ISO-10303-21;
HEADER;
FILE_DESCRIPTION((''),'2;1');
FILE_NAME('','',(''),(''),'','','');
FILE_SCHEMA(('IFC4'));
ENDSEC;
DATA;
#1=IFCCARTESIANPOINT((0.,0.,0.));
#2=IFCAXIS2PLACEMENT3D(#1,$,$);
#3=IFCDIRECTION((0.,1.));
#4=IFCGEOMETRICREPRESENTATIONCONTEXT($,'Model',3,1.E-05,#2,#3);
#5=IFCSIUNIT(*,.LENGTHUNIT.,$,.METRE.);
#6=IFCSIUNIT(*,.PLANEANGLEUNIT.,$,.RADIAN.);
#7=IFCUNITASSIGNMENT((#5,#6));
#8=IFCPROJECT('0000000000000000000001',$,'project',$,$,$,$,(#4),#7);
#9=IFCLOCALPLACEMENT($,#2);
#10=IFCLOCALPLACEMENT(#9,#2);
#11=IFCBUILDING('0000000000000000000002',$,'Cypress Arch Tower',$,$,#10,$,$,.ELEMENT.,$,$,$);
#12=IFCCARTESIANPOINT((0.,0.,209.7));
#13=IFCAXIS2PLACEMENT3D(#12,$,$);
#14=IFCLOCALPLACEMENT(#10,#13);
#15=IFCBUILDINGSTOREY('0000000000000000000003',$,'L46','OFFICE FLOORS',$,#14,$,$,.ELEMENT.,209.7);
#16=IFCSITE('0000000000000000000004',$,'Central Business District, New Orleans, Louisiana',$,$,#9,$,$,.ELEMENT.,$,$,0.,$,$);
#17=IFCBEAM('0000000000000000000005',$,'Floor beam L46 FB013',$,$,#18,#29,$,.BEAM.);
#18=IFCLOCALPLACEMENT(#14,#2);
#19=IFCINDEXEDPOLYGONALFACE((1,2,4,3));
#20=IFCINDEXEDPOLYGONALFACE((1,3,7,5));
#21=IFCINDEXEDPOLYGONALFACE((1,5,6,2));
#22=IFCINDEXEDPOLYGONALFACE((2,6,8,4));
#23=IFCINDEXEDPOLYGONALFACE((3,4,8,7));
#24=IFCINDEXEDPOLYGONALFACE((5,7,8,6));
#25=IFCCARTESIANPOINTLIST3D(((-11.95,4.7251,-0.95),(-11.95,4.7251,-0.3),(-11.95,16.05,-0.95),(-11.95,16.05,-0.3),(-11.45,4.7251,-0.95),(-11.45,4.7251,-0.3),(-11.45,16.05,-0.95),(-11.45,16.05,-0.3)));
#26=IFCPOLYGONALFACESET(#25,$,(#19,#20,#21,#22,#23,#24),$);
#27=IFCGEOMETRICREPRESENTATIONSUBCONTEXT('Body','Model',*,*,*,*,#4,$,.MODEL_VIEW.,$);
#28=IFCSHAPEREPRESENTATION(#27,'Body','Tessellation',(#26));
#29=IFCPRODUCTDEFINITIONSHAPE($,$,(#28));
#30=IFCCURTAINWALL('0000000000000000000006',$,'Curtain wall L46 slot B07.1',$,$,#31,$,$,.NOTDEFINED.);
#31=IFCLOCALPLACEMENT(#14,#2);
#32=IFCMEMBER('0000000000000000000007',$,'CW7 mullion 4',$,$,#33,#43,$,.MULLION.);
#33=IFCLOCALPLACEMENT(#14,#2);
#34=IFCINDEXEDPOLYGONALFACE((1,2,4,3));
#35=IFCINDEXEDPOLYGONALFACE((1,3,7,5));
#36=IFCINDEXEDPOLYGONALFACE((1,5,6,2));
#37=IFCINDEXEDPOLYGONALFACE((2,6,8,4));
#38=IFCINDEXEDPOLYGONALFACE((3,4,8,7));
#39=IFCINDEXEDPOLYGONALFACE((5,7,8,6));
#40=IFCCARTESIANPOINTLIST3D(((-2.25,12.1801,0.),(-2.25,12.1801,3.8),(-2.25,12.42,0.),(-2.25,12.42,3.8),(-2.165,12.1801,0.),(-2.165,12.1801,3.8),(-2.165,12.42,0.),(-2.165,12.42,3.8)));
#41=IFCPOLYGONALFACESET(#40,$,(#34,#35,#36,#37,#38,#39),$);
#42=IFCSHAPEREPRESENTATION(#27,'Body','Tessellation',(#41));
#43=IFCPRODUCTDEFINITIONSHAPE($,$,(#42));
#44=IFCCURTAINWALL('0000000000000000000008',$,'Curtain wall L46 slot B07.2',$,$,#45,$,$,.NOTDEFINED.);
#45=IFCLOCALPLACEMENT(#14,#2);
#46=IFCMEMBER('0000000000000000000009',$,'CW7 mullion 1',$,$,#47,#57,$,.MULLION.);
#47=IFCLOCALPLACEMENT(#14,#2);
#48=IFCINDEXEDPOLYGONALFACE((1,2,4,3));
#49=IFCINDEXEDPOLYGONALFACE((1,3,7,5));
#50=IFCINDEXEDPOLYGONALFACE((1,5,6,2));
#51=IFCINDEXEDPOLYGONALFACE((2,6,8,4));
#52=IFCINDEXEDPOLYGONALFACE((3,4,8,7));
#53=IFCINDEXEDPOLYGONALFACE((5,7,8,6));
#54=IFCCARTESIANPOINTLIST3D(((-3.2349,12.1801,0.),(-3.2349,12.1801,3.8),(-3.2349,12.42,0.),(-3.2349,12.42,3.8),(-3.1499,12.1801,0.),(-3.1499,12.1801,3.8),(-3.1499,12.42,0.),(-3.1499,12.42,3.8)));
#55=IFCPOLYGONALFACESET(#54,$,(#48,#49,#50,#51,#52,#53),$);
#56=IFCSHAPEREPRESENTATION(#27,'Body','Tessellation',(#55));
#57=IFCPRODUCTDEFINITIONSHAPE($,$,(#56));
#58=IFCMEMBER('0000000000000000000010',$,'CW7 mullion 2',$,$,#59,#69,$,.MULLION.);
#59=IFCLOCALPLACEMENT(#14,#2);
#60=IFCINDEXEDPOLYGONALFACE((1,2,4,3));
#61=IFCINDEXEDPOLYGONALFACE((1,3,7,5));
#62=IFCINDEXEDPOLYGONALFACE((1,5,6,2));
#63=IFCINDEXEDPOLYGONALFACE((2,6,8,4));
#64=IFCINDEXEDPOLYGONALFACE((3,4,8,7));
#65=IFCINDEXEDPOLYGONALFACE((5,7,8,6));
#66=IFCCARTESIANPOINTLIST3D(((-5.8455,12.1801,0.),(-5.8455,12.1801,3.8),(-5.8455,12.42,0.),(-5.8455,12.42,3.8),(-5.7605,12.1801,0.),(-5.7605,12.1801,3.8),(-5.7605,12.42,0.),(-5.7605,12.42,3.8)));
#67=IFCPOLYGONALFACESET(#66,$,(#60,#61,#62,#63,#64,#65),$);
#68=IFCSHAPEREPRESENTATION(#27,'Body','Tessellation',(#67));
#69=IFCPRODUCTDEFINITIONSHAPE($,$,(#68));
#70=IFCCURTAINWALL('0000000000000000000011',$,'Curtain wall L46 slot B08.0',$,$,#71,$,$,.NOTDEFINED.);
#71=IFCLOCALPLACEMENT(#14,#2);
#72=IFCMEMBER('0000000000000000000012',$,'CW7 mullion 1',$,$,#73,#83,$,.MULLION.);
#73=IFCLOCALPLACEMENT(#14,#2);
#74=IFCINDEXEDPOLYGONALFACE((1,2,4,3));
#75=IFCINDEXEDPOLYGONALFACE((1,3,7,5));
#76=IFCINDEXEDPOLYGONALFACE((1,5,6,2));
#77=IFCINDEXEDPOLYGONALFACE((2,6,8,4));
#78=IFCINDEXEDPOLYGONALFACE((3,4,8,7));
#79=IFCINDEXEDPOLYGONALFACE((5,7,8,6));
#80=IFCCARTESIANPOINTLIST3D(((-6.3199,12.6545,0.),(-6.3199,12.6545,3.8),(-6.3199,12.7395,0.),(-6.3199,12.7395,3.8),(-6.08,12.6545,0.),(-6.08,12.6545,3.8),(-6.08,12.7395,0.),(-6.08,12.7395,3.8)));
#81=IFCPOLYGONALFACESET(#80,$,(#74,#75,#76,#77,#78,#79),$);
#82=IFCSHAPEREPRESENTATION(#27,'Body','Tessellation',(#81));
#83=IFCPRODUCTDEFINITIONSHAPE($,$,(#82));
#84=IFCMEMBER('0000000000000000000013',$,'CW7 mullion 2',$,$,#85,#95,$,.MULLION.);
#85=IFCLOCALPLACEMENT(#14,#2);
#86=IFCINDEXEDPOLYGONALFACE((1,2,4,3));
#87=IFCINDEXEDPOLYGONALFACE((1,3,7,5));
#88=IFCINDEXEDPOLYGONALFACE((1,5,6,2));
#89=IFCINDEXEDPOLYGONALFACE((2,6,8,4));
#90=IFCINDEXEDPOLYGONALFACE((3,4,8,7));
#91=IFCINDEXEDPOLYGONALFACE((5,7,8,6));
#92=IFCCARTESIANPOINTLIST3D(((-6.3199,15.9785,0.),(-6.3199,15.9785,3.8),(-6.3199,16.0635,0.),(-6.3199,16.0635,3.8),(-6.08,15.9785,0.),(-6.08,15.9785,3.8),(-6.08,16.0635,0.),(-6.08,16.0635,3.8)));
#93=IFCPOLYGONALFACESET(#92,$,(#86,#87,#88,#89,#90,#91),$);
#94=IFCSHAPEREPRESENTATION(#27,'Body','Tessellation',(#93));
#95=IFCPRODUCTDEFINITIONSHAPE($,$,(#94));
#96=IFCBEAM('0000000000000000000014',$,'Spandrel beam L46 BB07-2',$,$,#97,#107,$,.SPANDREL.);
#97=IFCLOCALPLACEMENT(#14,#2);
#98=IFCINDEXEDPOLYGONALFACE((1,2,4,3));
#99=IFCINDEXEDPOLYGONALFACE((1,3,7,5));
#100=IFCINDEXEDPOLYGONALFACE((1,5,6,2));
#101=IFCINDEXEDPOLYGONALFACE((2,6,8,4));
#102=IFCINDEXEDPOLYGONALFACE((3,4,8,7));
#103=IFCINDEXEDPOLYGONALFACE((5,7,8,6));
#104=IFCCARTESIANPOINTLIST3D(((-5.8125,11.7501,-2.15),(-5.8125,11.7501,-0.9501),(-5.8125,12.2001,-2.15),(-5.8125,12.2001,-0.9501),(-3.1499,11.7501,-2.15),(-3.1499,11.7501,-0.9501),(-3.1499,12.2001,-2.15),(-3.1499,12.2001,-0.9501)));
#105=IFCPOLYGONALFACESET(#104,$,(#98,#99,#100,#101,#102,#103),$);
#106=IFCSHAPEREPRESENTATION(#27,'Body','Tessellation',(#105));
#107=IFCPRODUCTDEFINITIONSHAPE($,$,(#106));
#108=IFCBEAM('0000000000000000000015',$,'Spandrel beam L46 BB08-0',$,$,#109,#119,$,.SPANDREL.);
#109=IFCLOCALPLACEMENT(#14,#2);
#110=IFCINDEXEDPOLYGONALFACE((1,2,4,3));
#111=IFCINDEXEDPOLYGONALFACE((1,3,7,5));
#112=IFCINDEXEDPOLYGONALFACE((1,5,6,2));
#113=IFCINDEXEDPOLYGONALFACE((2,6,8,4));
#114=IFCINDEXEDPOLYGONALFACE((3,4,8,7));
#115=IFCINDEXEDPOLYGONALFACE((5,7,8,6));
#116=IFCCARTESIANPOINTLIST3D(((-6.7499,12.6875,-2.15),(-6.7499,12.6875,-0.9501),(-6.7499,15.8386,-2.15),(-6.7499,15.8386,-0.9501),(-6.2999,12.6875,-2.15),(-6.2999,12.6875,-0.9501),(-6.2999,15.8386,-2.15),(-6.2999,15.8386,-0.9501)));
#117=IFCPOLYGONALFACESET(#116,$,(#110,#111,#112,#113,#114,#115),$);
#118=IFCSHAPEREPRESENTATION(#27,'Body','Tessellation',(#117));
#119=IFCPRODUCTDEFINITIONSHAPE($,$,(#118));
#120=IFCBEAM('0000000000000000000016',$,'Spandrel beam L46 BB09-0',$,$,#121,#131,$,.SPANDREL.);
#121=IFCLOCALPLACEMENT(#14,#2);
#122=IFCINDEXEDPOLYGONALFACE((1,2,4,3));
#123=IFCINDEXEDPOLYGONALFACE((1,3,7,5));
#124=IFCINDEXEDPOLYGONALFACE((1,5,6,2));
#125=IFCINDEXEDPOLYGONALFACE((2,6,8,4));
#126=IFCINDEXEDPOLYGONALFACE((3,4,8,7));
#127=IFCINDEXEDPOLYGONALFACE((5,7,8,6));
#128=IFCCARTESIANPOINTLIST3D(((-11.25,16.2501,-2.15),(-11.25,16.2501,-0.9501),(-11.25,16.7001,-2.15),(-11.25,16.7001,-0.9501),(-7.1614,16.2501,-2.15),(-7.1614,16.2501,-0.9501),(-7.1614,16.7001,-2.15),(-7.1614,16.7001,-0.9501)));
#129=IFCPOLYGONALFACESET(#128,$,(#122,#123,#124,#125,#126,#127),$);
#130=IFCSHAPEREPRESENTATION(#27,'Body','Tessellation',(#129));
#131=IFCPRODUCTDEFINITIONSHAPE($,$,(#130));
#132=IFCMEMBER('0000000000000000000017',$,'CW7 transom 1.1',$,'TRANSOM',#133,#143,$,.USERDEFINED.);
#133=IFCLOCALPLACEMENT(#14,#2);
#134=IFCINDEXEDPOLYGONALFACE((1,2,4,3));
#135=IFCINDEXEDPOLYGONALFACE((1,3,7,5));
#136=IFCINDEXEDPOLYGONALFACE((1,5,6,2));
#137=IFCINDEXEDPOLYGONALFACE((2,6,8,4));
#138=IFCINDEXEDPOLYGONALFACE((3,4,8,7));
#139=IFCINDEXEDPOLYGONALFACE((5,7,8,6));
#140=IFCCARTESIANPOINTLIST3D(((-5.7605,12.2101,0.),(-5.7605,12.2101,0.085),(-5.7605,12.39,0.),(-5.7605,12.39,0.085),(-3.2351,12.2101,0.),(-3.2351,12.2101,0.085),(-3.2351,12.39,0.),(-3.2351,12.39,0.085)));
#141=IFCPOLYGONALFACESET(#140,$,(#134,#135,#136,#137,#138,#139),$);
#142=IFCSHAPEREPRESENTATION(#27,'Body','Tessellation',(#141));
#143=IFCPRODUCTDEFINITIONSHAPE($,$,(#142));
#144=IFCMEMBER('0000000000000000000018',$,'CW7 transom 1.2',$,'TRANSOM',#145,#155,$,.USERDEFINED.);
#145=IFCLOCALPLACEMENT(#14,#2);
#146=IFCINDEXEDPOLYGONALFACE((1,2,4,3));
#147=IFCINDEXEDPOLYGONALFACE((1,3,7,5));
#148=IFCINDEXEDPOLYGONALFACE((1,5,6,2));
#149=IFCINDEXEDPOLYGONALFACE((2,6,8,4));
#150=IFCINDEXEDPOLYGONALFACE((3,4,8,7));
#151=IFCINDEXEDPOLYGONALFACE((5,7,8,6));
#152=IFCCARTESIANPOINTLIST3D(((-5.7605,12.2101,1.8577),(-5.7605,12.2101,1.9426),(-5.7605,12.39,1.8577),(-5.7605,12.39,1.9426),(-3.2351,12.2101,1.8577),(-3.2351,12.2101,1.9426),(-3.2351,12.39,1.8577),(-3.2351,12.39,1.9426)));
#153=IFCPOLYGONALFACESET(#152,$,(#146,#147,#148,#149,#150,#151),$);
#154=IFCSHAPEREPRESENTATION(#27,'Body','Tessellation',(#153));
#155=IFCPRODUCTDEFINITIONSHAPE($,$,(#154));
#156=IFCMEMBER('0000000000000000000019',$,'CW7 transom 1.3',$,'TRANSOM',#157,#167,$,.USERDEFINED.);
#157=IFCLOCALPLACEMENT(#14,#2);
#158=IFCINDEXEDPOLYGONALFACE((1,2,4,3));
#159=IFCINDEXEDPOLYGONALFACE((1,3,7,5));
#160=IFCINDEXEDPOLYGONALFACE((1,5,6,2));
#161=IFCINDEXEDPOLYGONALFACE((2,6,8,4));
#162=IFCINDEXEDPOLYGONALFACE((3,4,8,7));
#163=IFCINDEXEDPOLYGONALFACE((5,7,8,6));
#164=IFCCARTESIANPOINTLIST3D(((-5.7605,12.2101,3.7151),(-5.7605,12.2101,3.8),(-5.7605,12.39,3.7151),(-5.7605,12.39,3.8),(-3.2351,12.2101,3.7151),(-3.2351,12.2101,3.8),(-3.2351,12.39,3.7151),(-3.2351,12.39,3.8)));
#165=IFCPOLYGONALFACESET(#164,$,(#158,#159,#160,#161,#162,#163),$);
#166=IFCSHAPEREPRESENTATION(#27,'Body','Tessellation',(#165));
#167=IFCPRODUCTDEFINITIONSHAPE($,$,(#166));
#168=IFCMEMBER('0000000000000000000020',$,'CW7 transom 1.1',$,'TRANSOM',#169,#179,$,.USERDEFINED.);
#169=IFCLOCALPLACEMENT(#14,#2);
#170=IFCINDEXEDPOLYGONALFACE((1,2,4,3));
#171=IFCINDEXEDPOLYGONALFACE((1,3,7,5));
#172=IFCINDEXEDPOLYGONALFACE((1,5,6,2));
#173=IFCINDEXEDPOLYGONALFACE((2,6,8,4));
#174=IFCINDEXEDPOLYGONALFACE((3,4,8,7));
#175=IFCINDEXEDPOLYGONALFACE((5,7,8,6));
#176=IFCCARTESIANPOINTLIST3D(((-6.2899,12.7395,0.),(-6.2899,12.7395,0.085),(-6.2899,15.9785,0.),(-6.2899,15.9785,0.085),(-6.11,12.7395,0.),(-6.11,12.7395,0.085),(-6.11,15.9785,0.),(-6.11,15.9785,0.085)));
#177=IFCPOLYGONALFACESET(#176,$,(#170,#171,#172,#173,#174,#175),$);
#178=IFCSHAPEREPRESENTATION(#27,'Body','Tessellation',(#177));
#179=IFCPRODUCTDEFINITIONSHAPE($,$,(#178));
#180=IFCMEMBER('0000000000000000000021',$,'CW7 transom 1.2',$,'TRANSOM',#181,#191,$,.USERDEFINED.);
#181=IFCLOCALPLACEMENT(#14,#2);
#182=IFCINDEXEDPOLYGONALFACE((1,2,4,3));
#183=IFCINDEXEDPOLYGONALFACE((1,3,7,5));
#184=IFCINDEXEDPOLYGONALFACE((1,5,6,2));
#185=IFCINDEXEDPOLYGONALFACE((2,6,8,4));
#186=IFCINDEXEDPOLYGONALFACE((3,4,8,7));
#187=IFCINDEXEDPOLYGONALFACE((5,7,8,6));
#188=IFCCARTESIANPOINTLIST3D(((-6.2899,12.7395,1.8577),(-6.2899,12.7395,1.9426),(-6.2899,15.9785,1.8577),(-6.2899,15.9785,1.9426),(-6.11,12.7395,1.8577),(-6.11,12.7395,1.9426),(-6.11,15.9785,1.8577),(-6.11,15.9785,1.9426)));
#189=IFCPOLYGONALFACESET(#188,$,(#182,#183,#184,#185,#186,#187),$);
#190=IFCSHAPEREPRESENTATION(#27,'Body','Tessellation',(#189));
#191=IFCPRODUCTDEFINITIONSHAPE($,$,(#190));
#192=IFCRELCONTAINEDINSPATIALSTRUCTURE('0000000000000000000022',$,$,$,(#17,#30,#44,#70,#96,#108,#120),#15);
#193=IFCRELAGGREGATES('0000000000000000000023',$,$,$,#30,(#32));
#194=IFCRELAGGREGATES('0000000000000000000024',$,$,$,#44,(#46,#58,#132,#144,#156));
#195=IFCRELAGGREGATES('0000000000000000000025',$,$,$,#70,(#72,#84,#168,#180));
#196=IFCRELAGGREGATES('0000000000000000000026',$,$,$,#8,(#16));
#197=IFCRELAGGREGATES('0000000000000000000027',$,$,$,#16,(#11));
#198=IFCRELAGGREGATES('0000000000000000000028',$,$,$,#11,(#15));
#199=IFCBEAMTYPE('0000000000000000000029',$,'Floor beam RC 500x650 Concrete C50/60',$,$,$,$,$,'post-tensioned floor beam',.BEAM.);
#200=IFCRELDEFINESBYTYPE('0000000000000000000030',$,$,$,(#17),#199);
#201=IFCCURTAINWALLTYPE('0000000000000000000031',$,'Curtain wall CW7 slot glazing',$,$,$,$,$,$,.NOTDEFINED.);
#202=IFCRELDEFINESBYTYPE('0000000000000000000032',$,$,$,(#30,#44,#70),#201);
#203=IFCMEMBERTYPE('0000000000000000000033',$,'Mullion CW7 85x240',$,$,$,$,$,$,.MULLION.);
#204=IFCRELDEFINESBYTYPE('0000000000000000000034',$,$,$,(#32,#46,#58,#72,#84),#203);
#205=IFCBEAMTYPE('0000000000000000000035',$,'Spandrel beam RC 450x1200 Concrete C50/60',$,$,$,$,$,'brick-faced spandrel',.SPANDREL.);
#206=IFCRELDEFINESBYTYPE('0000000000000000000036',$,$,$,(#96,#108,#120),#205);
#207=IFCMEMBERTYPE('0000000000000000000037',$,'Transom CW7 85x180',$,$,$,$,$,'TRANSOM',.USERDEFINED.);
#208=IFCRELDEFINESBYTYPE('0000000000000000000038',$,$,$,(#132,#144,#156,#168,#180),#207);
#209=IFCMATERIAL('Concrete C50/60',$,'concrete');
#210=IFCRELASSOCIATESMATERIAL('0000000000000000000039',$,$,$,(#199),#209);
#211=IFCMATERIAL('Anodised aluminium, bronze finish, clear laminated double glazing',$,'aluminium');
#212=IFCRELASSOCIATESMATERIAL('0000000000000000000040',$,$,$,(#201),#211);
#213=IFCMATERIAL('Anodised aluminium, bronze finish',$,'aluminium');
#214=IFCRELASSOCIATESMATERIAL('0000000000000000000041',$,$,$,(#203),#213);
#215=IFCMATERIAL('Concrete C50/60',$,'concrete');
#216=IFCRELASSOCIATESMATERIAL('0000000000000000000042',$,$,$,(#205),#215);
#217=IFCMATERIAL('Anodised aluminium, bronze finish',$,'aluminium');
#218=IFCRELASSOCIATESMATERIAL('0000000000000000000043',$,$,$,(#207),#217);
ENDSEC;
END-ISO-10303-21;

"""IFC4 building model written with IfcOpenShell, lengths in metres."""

from ifc_helpers import new_model, si_unit, direction, frame, origin, origin_2d, place, context, subcontext, project, spatial, rectangle, extrude, material, material_profile, profile_set, type_object, element, aggregate, save


model = new_model("IFC4")

# Units and contexts
model_context = context("Model", 3, precision=1e-05, world=origin(), true_north=direction((0.0, 1.0)))
body_context = subcontext(model_context, "Body", "Model", "MODEL_VIEW")
ifc_project = project(units=[si_unit("LENGTHUNIT", "METRE"), si_unit("PLANEANGLEUNIT", "RADIAN")], contexts=[model_context])

# Site, building, storey
site_placement = place(None, origin())
site = spatial("IfcSite", under=ifc_project, at=site_placement, Name="Central Business District, New Orleans, Louisiana", CompositionType="ELEMENT", RefElevation=0.0)
building_placement = place(site_placement, origin())
building = spatial("IfcBuilding", under=site, at=building_placement, Name="Cypress Arch Tower", CompositionType="ELEMENT")
storey_placement = place(building_placement, frame((0.0, 0.0, 209.7)))
storey = spatial("IfcBuildingStorey", under=building, at=storey_placement, Name="L46", Description="OFFICE FLOORS", CompositionType="ELEMENT", Elevation=209.7)

# Beam
ifc_material_1 = material(Name="Concrete C50/60", Category="concrete")
ifc_material_profile_1 = material_profile(ifc_material_1, rectangle(XDim=0.5, YDim=0.6499, at=origin_2d()), Name="RC 500x650")
ifc_profile_set_1 = profile_set([ifc_material_profile_1], Name="Concrete C50/60")
beam_type_1 = type_object("IfcBeamType", Name="Floor beam RC 500x650 Concrete C50/60", ElementType="post-tensioned floor beam", PredefinedType="BEAM", material=ifc_profile_set_1)
beam_1_placement = place(storey_placement, frame((-11.7, 4.7251, -0.625), z_axis=(0.0, 1.0, 0.0), x_axis=(-1.0, 0.0, 0.0)))
element("IfcBeam", 1, at=beam_1_placement, inside=storey, type_object=beam_type_1, Name="Floor beam L46 FB013", PredefinedType="BEAM", context=body_context, shape_type="SweptSolid", body=[
    extrude(rectangle(XDim=0.5, YDim=0.6499, at=origin_2d()), origin(), (0.0, 0.0, 1.0), 11.325),
])

# Curtain wall, member
ifc_material_2 = material(Name="Anodised aluminium, bronze finish, clear laminated double glazing", Category="aluminium")
curtain_wall_type = type_object("IfcCurtainWallType", Name="Curtain wall CW7 slot glazing", PredefinedType="NOTDEFINED", material=ifc_material_2)
curtain_wall_1_placement = place(storey_placement, origin())
curtain_wall_1 = element("IfcCurtainWall", 2, at=curtain_wall_1_placement, inside=storey, type_object=curtain_wall_type, Name="Curtain wall L46 slot B07.1", PredefinedType="NOTDEFINED")
ifc_material_3 = material(Name="Anodised aluminium, bronze finish", Category="aluminium")
ifc_material_profile_2 = material_profile(ifc_material_3, rectangle(XDim=0.24, YDim=0.085, at=origin_2d()), Name="Mullion 85x240")
ifc_profile_set_2 = profile_set([ifc_material_profile_2], Name="Anodised aluminium, bronze finish")
member_type_1 = type_object("IfcMemberType", Name="Mullion CW7 85x240", PredefinedType="MULLION", material=ifc_profile_set_2)
member_1_placement = place(storey_placement, frame((-2.2075, 12.3, 0.0), z_axis=(0.0, 0.0, 1.0), x_axis=(0.0, -1.0, 0.0)))
member_1 = element("IfcMember", 3, at=member_1_placement, type_object=member_type_1, Name="CW7 mullion 4", PredefinedType="MULLION", context=body_context, shape_type="SweptSolid", body=[
    extrude(rectangle(XDim=0.24, YDim=0.085, at=origin_2d()), origin(), (0.0, 0.0, 1.0), 3.8),
])

# Curtain walls, members
curtain_wall_2_placement = place(storey_placement, origin())
curtain_wall_2 = element("IfcCurtainWall", 4, at=curtain_wall_2_placement, inside=storey, type_object=curtain_wall_type, Name="Curtain wall L46 slot B07.2", PredefinedType="NOTDEFINED")
member_2_placement = place(storey_placement, frame((-3.1924, 12.3, 0.0), z_axis=(0.0, 0.0, 1.0), x_axis=(0.0, -1.0, 0.0)))
member_2 = element("IfcMember", 5, at=member_2_placement, type_object=member_type_1, Name="CW7 mullion 1", PredefinedType="MULLION", context=body_context, shape_type="SweptSolid", body=[
    extrude(rectangle(XDim=0.24, YDim=0.085, at=origin_2d()), origin(), (0.0, 0.0, 1.0), 3.8),
])
member_3_placement = place(storey_placement, frame((-5.803, 12.3, 0.0), z_axis=(0.0, 0.0, 1.0), x_axis=(0.0, -1.0, 0.0)))
member_3 = element("IfcMember", 6, at=member_3_placement, type_object=member_type_1, Name="CW7 mullion 2", PredefinedType="MULLION", context=body_context, shape_type="SweptSolid", body=[
    extrude(rectangle(XDim=0.24, YDim=0.085, at=origin_2d()), origin(), (0.0, 0.0, 1.0), 3.8),
])
curtain_wall_3_placement = place(storey_placement, origin())
curtain_wall_3 = element("IfcCurtainWall", 7, at=curtain_wall_3_placement, inside=storey, type_object=curtain_wall_type, Name="Curtain wall L46 slot B08.0", PredefinedType="NOTDEFINED")
member_4_placement = place(storey_placement, frame((-6.2, 12.697, 0.0), z_axis=(0.0, 0.0, 1.0), x_axis=(-1.0, 0.0, 0.0)))
member_4 = element("IfcMember", 8, at=member_4_placement, type_object=member_type_1, Name="CW7 mullion 1", PredefinedType="MULLION", context=body_context, shape_type="SweptSolid", body=[
    extrude(rectangle(XDim=0.24, YDim=0.085, at=origin_2d()), origin(), (0.0, 0.0, 1.0), 3.8),
])
member_5_placement = place(storey_placement, frame((-6.2, 16.021, 0.0), z_axis=(0.0, 0.0, 1.0), x_axis=(-1.0, 0.0, 0.0)))
member_5 = element("IfcMember", 9, at=member_5_placement, type_object=member_type_1, Name="CW7 mullion 2", PredefinedType="MULLION", context=body_context, shape_type="SweptSolid", body=[
    extrude(rectangle(XDim=0.24, YDim=0.085, at=origin_2d()), origin(), (0.0, 0.0, 1.0), 3.8),
])

# Beams
ifc_material_4 = material(Name="Concrete C50/60", Category="concrete")
ifc_material_profile_3 = material_profile(ifc_material_4, rectangle(XDim=0.45, YDim=1.2, at=origin_2d()), Name="RC 450x1200")
ifc_profile_set_3 = profile_set([ifc_material_profile_3], Name="Concrete C50/60")
beam_type_2 = type_object("IfcBeamType", Name="Spandrel beam RC 450x1200 Concrete C50/60", ElementType="brick-faced spandrel", PredefinedType="SPANDREL", material=ifc_profile_set_3)
beam_2_placement = place(storey_placement, frame((-3.1499, 11.9751, -1.55), z_axis=(-1.0, 0.0, 0.0), x_axis=(0.0, -1.0, 0.0)))
element("IfcBeam", 10, at=beam_2_placement, inside=storey, type_object=beam_type_2, Name="Spandrel beam L46 BB07-2", PredefinedType="SPANDREL", context=body_context, shape_type="SweptSolid", body=[
    extrude(rectangle(XDim=0.45, YDim=1.2, at=origin_2d()), origin(), (0.0, 0.0, 1.0), 2.6626),
])
beam_3_placement = place(storey_placement, frame((-6.5249, 12.6875, -1.55), z_axis=(0.0, 1.0, 0.0), x_axis=(-1.0, 0.0, 0.0)))
element("IfcBeam", 11, at=beam_3_placement, inside=storey, type_object=beam_type_2, Name="Spandrel beam L46 BB08-0", PredefinedType="SPANDREL", context=body_context, shape_type="SweptSolid", body=[
    extrude(rectangle(XDim=0.45, YDim=1.2, at=origin_2d()), origin(), (0.0, 0.0, 1.0), 3.1511),
])
beam_4_placement = place(storey_placement, frame((-7.1614, 16.4751, -1.55), z_axis=(-1.0, 0.0, 0.0), x_axis=(0.0, -1.0, 0.0)))
element("IfcBeam", 12, at=beam_4_placement, inside=storey, type_object=beam_type_2, Name="Spandrel beam L46 BB09-0", PredefinedType="SPANDREL", context=body_context, shape_type="SweptSolid", body=[
    extrude(rectangle(XDim=0.45, YDim=1.2, at=origin_2d()), origin(), (0.0, 0.0, 1.0), 4.0886),
])

# Members
ifc_material_5 = material(Name="Anodised aluminium, bronze finish", Category="aluminium")
ifc_material_profile_4 = material_profile(ifc_material_5, rectangle(XDim=0.1799, YDim=0.085, at=origin_2d()), Name="Transom 85x180")
ifc_profile_set_4 = profile_set([ifc_material_profile_4], Name="Anodised aluminium, bronze finish")
member_type_2 = type_object("IfcMemberType", Name="Transom CW7 85x180", ElementType="TRANSOM", PredefinedType="USERDEFINED", material=ifc_profile_set_4)
member_6_placement = place(storey_placement, frame((-3.2351, 12.3, 0.0425), z_axis=(-1.0, 0.0, 0.0), x_axis=(0.0, -1.0, 0.0)))
member_6 = element("IfcMember", 13, at=member_6_placement, type_object=member_type_2, Name="CW7 transom 1.1", ObjectType="TRANSOM", PredefinedType="USERDEFINED", context=body_context, shape_type="SweptSolid", body=[
    extrude(rectangle(XDim=0.1799, YDim=0.085, at=origin_2d()), origin(), (0.0, 0.0, 1.0), 2.5254),
])
member_7_placement = place(storey_placement, frame((-3.2351, 12.3, 1.9001), z_axis=(-1.0, 0.0, 0.0), x_axis=(0.0, -1.0, 0.0)))
member_7 = element("IfcMember", 14, at=member_7_placement, type_object=member_type_2, Name="CW7 transom 1.2", ObjectType="TRANSOM", PredefinedType="USERDEFINED", context=body_context, shape_type="SweptSolid", body=[
    extrude(rectangle(XDim=0.1799, YDim=0.085, at=origin_2d()), origin(), (0.0, 0.0, 1.0), 2.5254),
])
member_8_placement = place(storey_placement, frame((-3.2351, 12.3, 3.7576), z_axis=(-1.0, 0.0, 0.0), x_axis=(0.0, -1.0, 0.0)))
member_8 = element("IfcMember", 15, at=member_8_placement, type_object=member_type_2, Name="CW7 transom 1.3", ObjectType="TRANSOM", PredefinedType="USERDEFINED", context=body_context, shape_type="SweptSolid", body=[
    extrude(rectangle(XDim=0.1799, YDim=0.085, at=origin_2d()), origin(), (0.0, 0.0, 1.0), 2.5254),
])
member_9_placement = place(storey_placement, frame((-6.2, 12.7395, 0.0425), z_axis=(0.0, 1.0, 0.0), x_axis=(-1.0, 0.0, 0.0)))
member_9 = element("IfcMember", 16, at=member_9_placement, type_object=member_type_2, Name="CW7 transom 1.1", ObjectType="TRANSOM", PredefinedType="USERDEFINED", context=body_context, shape_type="SweptSolid", body=[
    extrude(rectangle(XDim=0.1799, YDim=0.085, at=origin_2d()), origin(), (0.0, 0.0, 1.0), 3.239),
])
member_10_placement = place(storey_placement, frame((-6.2, 12.7395, 1.9001), z_axis=(0.0, 1.0, 0.0), x_axis=(-1.0, 0.0, 0.0)))
member_10 = element("IfcMember", 17, at=member_10_placement, type_object=member_type_2, Name="CW7 transom 1.2", ObjectType="TRANSOM", PredefinedType="USERDEFINED", context=body_context, shape_type="SweptSolid", body=[
    extrude(rectangle(XDim=0.1799, YDim=0.085, at=origin_2d()), origin(), (0.0, 0.0, 1.0), 3.239),
])

aggregate(curtain_wall_1, [member_1])
aggregate(curtain_wall_2, [member_2, member_3, member_6, member_7, member_8])
aggregate(curtain_wall_3, [member_4, member_5, member_9, member_10])

save(model, "model.ifc")
